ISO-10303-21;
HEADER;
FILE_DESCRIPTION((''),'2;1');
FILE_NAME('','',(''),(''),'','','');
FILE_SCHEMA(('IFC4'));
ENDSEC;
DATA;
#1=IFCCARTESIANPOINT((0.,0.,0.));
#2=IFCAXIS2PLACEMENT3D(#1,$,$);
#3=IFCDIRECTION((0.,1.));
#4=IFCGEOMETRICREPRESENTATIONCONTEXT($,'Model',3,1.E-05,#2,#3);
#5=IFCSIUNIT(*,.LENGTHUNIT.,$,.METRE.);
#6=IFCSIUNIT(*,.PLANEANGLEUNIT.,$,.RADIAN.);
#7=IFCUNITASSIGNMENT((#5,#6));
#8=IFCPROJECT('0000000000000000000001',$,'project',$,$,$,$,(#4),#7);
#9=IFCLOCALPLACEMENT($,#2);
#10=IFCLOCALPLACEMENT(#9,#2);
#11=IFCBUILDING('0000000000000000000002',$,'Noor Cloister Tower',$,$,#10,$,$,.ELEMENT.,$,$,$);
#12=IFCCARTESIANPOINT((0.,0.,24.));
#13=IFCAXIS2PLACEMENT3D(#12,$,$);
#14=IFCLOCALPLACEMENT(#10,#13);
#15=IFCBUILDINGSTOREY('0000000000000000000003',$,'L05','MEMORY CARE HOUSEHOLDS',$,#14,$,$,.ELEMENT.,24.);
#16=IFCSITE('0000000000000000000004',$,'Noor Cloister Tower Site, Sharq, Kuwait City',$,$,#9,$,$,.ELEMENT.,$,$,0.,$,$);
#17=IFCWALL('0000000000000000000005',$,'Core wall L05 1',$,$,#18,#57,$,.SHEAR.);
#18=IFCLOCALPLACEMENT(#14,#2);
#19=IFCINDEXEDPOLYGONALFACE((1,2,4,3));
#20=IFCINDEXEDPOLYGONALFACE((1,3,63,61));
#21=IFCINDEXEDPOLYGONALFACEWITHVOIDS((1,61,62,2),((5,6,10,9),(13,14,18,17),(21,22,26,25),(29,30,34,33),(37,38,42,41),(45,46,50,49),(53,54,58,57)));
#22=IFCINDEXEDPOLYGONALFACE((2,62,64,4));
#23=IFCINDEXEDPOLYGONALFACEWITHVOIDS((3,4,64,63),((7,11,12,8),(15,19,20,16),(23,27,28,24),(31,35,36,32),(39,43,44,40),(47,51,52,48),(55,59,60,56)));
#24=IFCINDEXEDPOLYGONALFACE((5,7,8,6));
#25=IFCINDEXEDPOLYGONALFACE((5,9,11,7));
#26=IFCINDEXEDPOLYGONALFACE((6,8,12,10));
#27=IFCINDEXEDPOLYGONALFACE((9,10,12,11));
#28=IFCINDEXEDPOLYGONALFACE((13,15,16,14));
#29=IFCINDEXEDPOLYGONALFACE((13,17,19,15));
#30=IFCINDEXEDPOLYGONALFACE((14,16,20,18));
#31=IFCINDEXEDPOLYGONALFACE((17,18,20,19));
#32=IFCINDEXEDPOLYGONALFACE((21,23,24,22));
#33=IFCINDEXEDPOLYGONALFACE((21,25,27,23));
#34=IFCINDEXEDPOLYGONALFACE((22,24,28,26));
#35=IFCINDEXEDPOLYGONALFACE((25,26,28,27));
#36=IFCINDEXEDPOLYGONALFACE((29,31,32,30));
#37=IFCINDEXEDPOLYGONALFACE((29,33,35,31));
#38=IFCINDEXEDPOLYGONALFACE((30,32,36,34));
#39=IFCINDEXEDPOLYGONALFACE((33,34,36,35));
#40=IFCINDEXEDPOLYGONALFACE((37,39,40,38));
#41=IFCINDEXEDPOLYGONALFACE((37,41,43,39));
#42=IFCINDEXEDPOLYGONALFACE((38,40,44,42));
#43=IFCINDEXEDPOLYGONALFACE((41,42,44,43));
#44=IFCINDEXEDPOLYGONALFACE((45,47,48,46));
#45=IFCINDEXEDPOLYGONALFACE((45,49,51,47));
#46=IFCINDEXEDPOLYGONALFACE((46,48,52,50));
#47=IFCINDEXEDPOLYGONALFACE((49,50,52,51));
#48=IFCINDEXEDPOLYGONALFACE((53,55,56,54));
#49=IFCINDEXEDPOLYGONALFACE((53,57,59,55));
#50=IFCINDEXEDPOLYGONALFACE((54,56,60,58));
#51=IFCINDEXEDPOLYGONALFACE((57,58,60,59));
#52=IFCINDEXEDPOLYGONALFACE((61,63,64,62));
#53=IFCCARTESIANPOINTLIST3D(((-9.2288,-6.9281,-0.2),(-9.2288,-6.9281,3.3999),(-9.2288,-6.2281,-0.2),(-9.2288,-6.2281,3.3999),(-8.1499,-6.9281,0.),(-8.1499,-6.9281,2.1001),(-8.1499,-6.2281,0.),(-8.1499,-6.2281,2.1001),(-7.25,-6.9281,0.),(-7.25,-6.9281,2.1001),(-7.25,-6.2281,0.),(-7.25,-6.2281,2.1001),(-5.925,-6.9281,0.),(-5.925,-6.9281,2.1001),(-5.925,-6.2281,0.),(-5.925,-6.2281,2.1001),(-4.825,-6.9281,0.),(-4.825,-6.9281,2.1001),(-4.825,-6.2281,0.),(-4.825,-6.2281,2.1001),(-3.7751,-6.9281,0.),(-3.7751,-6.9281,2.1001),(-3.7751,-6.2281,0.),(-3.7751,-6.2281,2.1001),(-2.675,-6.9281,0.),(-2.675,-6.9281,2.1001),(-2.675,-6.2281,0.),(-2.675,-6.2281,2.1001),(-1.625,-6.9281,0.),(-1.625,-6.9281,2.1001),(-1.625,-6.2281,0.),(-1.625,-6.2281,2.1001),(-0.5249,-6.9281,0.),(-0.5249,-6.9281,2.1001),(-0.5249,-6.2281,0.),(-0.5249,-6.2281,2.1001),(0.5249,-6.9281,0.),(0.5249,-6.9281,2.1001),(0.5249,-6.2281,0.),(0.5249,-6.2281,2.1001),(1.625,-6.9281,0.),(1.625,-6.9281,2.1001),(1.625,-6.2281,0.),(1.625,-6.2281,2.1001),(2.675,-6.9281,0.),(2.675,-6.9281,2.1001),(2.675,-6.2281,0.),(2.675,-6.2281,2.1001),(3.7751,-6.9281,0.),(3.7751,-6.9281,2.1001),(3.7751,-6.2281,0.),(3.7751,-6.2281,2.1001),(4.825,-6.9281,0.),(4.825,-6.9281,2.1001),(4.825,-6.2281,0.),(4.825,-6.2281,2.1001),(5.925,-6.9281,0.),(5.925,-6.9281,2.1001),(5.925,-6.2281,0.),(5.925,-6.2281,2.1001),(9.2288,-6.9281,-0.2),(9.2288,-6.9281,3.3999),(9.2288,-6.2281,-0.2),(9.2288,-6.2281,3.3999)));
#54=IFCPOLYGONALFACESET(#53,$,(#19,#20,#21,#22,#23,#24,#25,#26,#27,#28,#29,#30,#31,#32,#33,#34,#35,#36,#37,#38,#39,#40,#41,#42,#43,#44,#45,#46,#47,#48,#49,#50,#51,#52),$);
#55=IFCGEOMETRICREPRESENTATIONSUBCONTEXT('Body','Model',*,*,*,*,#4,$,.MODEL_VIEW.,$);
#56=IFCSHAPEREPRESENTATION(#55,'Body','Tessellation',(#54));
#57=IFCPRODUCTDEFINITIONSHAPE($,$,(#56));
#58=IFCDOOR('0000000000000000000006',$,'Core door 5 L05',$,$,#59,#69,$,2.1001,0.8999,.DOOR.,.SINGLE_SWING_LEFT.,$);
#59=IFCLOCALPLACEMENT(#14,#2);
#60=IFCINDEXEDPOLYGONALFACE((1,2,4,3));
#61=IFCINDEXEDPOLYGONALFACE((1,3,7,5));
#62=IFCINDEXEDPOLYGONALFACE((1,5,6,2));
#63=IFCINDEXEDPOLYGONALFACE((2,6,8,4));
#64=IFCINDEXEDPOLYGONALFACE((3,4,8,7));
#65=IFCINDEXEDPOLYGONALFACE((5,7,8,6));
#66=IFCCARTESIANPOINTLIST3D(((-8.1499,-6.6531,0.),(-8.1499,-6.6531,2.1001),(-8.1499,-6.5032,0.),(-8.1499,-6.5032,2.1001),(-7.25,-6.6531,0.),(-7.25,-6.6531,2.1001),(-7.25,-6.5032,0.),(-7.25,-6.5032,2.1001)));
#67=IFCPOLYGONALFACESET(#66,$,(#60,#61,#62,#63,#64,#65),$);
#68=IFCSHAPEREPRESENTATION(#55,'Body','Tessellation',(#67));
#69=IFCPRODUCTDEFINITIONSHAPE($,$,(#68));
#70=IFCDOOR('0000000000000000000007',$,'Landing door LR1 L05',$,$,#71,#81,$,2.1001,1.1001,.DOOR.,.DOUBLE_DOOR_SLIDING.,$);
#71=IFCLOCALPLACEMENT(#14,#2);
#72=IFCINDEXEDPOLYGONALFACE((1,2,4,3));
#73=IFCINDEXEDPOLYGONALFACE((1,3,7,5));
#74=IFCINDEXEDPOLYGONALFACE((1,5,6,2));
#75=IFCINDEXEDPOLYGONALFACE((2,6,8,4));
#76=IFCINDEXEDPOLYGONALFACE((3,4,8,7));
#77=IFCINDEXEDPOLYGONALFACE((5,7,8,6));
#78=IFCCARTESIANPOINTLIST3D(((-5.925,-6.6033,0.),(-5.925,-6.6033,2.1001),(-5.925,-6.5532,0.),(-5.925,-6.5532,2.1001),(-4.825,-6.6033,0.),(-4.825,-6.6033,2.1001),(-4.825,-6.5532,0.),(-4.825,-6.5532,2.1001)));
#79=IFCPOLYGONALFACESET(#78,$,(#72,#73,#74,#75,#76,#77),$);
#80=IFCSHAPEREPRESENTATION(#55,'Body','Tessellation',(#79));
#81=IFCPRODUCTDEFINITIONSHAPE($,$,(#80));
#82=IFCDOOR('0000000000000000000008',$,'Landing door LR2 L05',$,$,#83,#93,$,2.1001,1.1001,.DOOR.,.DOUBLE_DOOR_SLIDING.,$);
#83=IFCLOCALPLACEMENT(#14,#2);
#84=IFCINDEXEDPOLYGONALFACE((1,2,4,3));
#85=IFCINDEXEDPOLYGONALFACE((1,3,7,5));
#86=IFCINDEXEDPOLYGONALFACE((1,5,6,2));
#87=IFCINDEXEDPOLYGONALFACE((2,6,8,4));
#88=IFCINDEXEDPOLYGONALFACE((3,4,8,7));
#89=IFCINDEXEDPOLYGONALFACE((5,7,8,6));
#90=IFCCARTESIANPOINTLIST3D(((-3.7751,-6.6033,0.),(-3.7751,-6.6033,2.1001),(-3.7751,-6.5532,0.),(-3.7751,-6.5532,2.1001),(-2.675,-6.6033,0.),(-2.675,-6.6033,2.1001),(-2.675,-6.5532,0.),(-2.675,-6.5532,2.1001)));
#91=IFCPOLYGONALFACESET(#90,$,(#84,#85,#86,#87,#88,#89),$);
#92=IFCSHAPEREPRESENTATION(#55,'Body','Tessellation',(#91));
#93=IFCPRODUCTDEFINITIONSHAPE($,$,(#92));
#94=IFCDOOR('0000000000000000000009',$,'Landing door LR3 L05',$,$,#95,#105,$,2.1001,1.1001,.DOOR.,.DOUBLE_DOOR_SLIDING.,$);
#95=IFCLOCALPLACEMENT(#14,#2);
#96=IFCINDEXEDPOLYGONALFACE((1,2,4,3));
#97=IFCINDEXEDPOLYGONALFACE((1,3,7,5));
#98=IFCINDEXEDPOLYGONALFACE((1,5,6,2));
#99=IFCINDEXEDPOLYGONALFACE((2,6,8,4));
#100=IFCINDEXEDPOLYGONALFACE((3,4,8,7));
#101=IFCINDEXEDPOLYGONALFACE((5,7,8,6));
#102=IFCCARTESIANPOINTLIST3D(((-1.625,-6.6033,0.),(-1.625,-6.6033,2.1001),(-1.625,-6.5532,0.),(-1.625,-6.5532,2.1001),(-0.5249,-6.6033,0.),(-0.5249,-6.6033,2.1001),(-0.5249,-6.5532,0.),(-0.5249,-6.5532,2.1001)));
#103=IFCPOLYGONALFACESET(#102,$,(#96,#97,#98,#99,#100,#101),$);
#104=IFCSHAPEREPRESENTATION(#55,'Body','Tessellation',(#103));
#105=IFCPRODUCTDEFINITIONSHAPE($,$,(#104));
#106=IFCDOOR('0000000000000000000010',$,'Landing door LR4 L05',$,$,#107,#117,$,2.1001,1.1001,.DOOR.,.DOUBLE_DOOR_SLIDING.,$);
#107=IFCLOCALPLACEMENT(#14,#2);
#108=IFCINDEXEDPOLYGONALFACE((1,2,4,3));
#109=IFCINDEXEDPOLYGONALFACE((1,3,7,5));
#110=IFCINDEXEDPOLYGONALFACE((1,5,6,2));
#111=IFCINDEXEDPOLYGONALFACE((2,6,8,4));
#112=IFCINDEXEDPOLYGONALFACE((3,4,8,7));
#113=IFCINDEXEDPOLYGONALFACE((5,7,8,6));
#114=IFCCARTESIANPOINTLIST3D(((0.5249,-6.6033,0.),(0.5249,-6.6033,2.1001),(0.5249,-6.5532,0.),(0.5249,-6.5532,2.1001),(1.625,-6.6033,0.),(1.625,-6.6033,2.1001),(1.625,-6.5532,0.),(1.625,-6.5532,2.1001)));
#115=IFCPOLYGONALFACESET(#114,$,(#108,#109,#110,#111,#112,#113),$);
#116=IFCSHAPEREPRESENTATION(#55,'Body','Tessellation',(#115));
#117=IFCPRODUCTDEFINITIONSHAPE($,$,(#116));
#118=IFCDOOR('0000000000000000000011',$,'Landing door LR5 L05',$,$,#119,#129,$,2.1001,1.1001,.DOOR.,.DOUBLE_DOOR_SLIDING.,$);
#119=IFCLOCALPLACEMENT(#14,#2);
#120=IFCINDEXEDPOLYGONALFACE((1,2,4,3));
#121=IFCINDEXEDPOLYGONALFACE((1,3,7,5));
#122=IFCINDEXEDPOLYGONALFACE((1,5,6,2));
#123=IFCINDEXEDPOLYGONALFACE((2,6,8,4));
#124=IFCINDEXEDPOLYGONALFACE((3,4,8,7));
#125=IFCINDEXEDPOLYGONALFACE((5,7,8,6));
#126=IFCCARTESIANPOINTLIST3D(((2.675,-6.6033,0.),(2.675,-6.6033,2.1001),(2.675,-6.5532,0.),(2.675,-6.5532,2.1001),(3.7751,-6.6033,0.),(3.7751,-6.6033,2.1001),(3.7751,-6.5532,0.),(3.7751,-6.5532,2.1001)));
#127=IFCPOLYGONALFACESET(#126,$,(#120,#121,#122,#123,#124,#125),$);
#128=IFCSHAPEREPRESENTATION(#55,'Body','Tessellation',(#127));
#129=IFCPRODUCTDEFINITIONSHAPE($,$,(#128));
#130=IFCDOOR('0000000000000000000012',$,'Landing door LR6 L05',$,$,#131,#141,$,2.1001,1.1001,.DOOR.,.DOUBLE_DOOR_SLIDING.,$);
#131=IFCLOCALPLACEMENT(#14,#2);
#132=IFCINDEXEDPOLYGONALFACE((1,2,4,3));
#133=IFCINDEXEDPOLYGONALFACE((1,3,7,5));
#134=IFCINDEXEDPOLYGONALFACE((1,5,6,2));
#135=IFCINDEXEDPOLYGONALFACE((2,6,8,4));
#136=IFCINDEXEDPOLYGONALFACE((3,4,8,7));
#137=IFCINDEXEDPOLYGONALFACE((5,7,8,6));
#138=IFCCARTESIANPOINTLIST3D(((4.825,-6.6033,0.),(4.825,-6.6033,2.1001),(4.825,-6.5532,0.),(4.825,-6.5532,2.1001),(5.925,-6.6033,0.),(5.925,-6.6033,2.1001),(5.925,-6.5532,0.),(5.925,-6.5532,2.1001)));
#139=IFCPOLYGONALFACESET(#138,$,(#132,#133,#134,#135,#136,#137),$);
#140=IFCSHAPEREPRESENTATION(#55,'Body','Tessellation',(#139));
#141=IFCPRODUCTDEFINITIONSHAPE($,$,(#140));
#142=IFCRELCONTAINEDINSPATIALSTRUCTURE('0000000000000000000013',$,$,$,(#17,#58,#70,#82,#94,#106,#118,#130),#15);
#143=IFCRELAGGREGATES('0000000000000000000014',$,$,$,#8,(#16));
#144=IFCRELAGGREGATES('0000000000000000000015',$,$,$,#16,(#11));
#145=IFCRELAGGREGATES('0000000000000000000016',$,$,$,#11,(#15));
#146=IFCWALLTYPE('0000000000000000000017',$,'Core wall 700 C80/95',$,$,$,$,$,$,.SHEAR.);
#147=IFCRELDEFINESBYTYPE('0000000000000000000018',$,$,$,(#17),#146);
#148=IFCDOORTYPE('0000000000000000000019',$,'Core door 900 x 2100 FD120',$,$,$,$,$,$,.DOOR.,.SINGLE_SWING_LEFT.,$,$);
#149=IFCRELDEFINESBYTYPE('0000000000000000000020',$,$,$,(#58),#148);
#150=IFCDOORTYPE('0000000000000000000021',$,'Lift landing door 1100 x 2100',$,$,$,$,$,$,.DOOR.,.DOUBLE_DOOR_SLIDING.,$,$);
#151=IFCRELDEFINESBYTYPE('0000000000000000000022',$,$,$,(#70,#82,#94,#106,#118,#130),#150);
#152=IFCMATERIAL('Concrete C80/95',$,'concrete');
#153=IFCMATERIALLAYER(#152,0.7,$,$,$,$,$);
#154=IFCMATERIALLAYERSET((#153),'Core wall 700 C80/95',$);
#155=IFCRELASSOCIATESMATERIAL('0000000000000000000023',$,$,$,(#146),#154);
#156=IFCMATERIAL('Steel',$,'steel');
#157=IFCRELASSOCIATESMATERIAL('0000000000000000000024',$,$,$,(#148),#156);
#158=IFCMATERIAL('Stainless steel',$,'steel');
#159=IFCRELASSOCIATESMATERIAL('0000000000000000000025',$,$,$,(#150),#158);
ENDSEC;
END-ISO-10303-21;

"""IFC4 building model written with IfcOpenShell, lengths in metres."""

from ifc_helpers import new_model, si_unit, direction, frame, frame_2d, origin, place, context, subcontext, project, spatial, rectangle, extrude, material, layer, layer_set, type_object, element, fill, save


model = new_model("IFC4")

# Units and contexts
model_context = context("Model", 3, precision=1e-05, world=origin(), true_north=direction((0.0, 1.0)))
body_context = subcontext(model_context, "Body", "Model", "MODEL_VIEW")
ifc_project = project(units=[si_unit("LENGTHUNIT", "METRE"), si_unit("PLANEANGLEUNIT", "RADIAN")], contexts=[model_context])

# Site, building, storey
site_placement = place(None, origin())
site = spatial("IfcSite", under=ifc_project, at=site_placement, Name="Noor Cloister Tower Site, Sharq, Kuwait City", CompositionType="ELEMENT", RefElevation=0.0)
building_placement = place(site_placement, origin())
building = spatial("IfcBuilding", under=site, at=building_placement, Name="Noor Cloister Tower", CompositionType="ELEMENT")
storey_placement = place(building_placement, frame((0.0, 0.0, 24.0)))
storey = spatial("IfcBuildingStorey", under=building, at=storey_placement, Name="L05", Description="MEMORY CARE HOUSEHOLDS", CompositionType="ELEMENT", Elevation=24.0)

# Wall, openings, doors
ifc_material_1 = material(Name="Concrete C80/95", Category="concrete")
ifc_layer_1 = layer(ifc_material_1, 0.7)
ifc_layer_set_1 = layer_set([ifc_layer_1], Name="Core wall 700 C80/95")
wall_type_1 = type_object("IfcWallType", Name="Core wall 700 C80/95", PredefinedType="SHEAR", material=ifc_layer_set_1)
wall_1_placement = place(storey_placement, frame((-9.2288, -6.5781, -0.2), z_axis=(0.0, 0.0, 1.0), x_axis=(1.0, 0.0, 0.0)))
wall_1 = element("IfcWall", 1, at=wall_1_placement, inside=storey, type_object=wall_type_1, Name="Core wall L05 1", PredefinedType="SHEAR", context=body_context, shape_type="SweptSolid", body=[
    extrude(rectangle(XDim=18.4575, YDim=0.7, at=frame_2d((9.2288, 0.0))), origin(), (0.0, 0.0, 1.0), 3.5999),
])
opening_1_placement = place(wall_1_placement, frame((3.3037, 0.0, 0.2)))
opening_1 = element("IfcOpeningElement", 2, at=opening_1_placement, cuts=wall_1, PredefinedType="OPENING", context=body_context, shape_type="SweptSolid", body=[
    extrude(rectangle(XDim=1.1001, YDim=2.1001, at=frame_2d((0.55, 1.05))), frame((0.0, 0.3599, 0.0), z_axis=(0.0, -1.0, 0.0), x_axis=(1.0, 0.0, 0.0)), (0.0, 0.0, 1.0), 0.72),
])
opening_2_placement = place(wall_1_placement, frame((5.4536, 0.0, 0.2)))
opening_2 = element("IfcOpeningElement", 3, at=opening_2_placement, cuts=wall_1, PredefinedType="OPENING", context=body_context, shape_type="SweptSolid", body=[
    extrude(rectangle(XDim=1.1001, YDim=2.1001, at=frame_2d((0.55, 1.05))), frame((0.0, 0.3599, 0.0), z_axis=(0.0, -1.0, 0.0), x_axis=(1.0, 0.0, 0.0)), (0.0, 0.0, 1.0), 0.72),
])
opening_3_placement = place(wall_1_placement, frame((7.6038, 0.0, 0.2)))
opening_3 = element("IfcOpeningElement", 4, at=opening_3_placement, cuts=wall_1, PredefinedType="OPENING", context=body_context, shape_type="SweptSolid", body=[
    extrude(rectangle(XDim=1.1001, YDim=2.1001, at=frame_2d((0.55, 1.05))), frame((0.0, 0.3599, 0.0), z_axis=(0.0, -1.0, 0.0), x_axis=(1.0, 0.0, 0.0)), (0.0, 0.0, 1.0), 0.72),
])
opening_4_placement = place(wall_1_placement, frame((9.7537, 0.0, 0.2)))
opening_4 = element("IfcOpeningElement", 5, at=opening_4_placement, cuts=wall_1, PredefinedType="OPENING", context=body_context, shape_type="SweptSolid", body=[
    extrude(rectangle(XDim=1.1001, YDim=2.1001, at=frame_2d((0.55, 1.05))), frame((0.0, 0.3599, 0.0), z_axis=(0.0, -1.0, 0.0), x_axis=(1.0, 0.0, 0.0)), (0.0, 0.0, 1.0), 0.72),
])
opening_5_placement = place(wall_1_placement, frame((11.9038, 0.0, 0.2)))
opening_5 = element("IfcOpeningElement", 6, at=opening_5_placement, cuts=wall_1, PredefinedType="OPENING", context=body_context, shape_type="SweptSolid", body=[
    extrude(rectangle(XDim=1.1001, YDim=2.1001, at=frame_2d((0.55, 1.05))), frame((0.0, 0.3599, 0.0), z_axis=(0.0, -1.0, 0.0), x_axis=(1.0, 0.0, 0.0)), (0.0, 0.0, 1.0), 0.72),
])
opening_6_placement = place(wall_1_placement, frame((14.0537, 0.0, 0.2)))
opening_6 = element("IfcOpeningElement", 7, at=opening_6_placement, cuts=wall_1, PredefinedType="OPENING", context=body_context, shape_type="SweptSolid", body=[
    extrude(rectangle(XDim=1.1001, YDim=2.1001, at=frame_2d((0.55, 1.05))), frame((0.0, 0.3599, 0.0), z_axis=(0.0, -1.0, 0.0), x_axis=(1.0, 0.0, 0.0)), (0.0, 0.0, 1.0), 0.72),
])
opening_7_placement = place(wall_1_placement, frame((1.0789, 0.0, 0.2)))
opening_7 = element("IfcOpeningElement", 8, at=opening_7_placement, cuts=wall_1, PredefinedType="OPENING", context=body_context, shape_type="SweptSolid", body=[
    extrude(rectangle(XDim=0.8999, YDim=2.1001, at=frame_2d((0.45, 1.05))), frame((0.0, 0.3599, 0.0), z_axis=(0.0, -1.0, 0.0), x_axis=(1.0, 0.0, 0.0)), (0.0, 0.0, 1.0), 0.72),
])
ifc_material_2 = material(Name="Steel", Category="steel")
door_type_1 = type_object("IfcDoorType", Name="Core door 900 x 2100 FD120", OperationType="SINGLE_SWING_LEFT", PredefinedType="DOOR", material=ifc_material_2)
door_1_placement = place(opening_7_placement, origin())
door_1 = element("IfcDoor", 9, at=door_1_placement, inside=storey, type_object=door_type_1, Name="Core door 5 L05", OperationType="SINGLE_SWING_LEFT", OverallHeight=2.1001, OverallWidth=0.8999, PredefinedType="DOOR", context=body_context, shape_type="SweptSolid", body=[
    extrude(rectangle(XDim=0.8999, YDim=2.1001, at=frame_2d((0.45, 1.05))), frame((0.0, 0.075, 0.0), z_axis=(0.0, -1.0, 0.0), x_axis=(1.0, 0.0, 0.0)), (0.0, 0.0, 1.0), 0.1499),
])
fill(opening_7, door_1)
ifc_material_3 = material(Name="Stainless steel", Category="steel")
door_type_2 = type_object("IfcDoorType", Name="Lift landing door 1100 x 2100", OperationType="DOUBLE_DOOR_SLIDING", PredefinedType="DOOR", material=ifc_material_3)
door_2_placement = place(opening_1_placement, origin())
door_2 = element("IfcDoor", 10, at=door_2_placement, inside=storey, type_object=door_type_2, Name="Landing door LR1 L05", OperationType="DOUBLE_DOOR_SLIDING", OverallHeight=2.1001, OverallWidth=1.1001, PredefinedType="DOOR", context=body_context, shape_type="SweptSolid", body=[
    extrude(rectangle(XDim=1.1001, YDim=2.1001, at=frame_2d((0.55, 1.05))), frame((0.0, 0.0249, 0.0), z_axis=(0.0, -1.0, 0.0), x_axis=(1.0, 0.0, 0.0)), (0.0, 0.0, 1.0), 0.05),
])
fill(opening_1, door_2)
door_3_placement = place(opening_2_placement, origin())
door_3 = element("IfcDoor", 11, at=door_3_placement, inside=storey, type_object=door_type_2, Name="Landing door LR2 L05", OperationType="DOUBLE_DOOR_SLIDING", OverallHeight=2.1001, OverallWidth=1.1001, PredefinedType="DOOR", context=body_context, shape_type="SweptSolid", body=[
    extrude(rectangle(XDim=1.1001, YDim=2.1001, at=frame_2d((0.55, 1.05))), frame((0.0, 0.0249, 0.0), z_axis=(0.0, -1.0, 0.0), x_axis=(1.0, 0.0, 0.0)), (0.0, 0.0, 1.0), 0.05),
])
fill(opening_2, door_3)
door_4_placement = place(opening_3_placement, origin())
door_4 = element("IfcDoor", 12, at=door_4_placement, inside=storey, type_object=door_type_2, Name="Landing door LR3 L05", OperationType="DOUBLE_DOOR_SLIDING", OverallHeight=2.1001, OverallWidth=1.1001, PredefinedType="DOOR", context=body_context, shape_type="SweptSolid", body=[
    extrude(rectangle(XDim=1.1001, YDim=2.1001, at=frame_2d((0.55, 1.05))), frame((0.0, 0.0249, 0.0), z_axis=(0.0, -1.0, 0.0), x_axis=(1.0, 0.0, 0.0)), (0.0, 0.0, 1.0), 0.05),
])
fill(opening_3, door_4)
door_5_placement = place(opening_4_placement, origin())
door_5 = element("IfcDoor", 13, at=door_5_placement, inside=storey, type_object=door_type_2, Name="Landing door LR4 L05", OperationType="DOUBLE_DOOR_SLIDING", OverallHeight=2.1001, OverallWidth=1.1001, PredefinedType="DOOR", context=body_context, shape_type="SweptSolid", body=[
    extrude(rectangle(XDim=1.1001, YDim=2.1001, at=frame_2d((0.55, 1.05))), frame((0.0, 0.0249, 0.0), z_axis=(0.0, -1.0, 0.0), x_axis=(1.0, 0.0, 0.0)), (0.0, 0.0, 1.0), 0.05),
])
fill(opening_4, door_5)
door_6_placement = place(opening_5_placement, origin())
door_6 = element("IfcDoor", 14, at=door_6_placement, inside=storey, type_object=door_type_2, Name="Landing door LR5 L05", OperationType="DOUBLE_DOOR_SLIDING", OverallHeight=2.1001, OverallWidth=1.1001, PredefinedType="DOOR", context=body_context, shape_type="SweptSolid", body=[
    extrude(rectangle(XDim=1.1001, YDim=2.1001, at=frame_2d((0.55, 1.05))), frame((0.0, 0.0249, 0.0), z_axis=(0.0, -1.0, 0.0), x_axis=(1.0, 0.0, 0.0)), (0.0, 0.0, 1.0), 0.05),
])
fill(opening_5, door_6)
door_7_placement = place(opening_6_placement, origin())
door_7 = element("IfcDoor", 15, at=door_7_placement, inside=storey, type_object=door_type_2, Name="Landing door LR6 L05", OperationType="DOUBLE_DOOR_SLIDING", OverallHeight=2.1001, OverallWidth=1.1001, PredefinedType="DOOR", context=body_context, shape_type="SweptSolid", body=[
    extrude(rectangle(XDim=1.1001, YDim=2.1001, at=frame_2d((0.55, 1.05))), frame((0.0, 0.0249, 0.0), z_axis=(0.0, -1.0, 0.0), x_axis=(1.0, 0.0, 0.0)), (0.0, 0.0, 1.0), 0.05),
])
fill(opening_6, door_7)

save(model, "model.ifc")
